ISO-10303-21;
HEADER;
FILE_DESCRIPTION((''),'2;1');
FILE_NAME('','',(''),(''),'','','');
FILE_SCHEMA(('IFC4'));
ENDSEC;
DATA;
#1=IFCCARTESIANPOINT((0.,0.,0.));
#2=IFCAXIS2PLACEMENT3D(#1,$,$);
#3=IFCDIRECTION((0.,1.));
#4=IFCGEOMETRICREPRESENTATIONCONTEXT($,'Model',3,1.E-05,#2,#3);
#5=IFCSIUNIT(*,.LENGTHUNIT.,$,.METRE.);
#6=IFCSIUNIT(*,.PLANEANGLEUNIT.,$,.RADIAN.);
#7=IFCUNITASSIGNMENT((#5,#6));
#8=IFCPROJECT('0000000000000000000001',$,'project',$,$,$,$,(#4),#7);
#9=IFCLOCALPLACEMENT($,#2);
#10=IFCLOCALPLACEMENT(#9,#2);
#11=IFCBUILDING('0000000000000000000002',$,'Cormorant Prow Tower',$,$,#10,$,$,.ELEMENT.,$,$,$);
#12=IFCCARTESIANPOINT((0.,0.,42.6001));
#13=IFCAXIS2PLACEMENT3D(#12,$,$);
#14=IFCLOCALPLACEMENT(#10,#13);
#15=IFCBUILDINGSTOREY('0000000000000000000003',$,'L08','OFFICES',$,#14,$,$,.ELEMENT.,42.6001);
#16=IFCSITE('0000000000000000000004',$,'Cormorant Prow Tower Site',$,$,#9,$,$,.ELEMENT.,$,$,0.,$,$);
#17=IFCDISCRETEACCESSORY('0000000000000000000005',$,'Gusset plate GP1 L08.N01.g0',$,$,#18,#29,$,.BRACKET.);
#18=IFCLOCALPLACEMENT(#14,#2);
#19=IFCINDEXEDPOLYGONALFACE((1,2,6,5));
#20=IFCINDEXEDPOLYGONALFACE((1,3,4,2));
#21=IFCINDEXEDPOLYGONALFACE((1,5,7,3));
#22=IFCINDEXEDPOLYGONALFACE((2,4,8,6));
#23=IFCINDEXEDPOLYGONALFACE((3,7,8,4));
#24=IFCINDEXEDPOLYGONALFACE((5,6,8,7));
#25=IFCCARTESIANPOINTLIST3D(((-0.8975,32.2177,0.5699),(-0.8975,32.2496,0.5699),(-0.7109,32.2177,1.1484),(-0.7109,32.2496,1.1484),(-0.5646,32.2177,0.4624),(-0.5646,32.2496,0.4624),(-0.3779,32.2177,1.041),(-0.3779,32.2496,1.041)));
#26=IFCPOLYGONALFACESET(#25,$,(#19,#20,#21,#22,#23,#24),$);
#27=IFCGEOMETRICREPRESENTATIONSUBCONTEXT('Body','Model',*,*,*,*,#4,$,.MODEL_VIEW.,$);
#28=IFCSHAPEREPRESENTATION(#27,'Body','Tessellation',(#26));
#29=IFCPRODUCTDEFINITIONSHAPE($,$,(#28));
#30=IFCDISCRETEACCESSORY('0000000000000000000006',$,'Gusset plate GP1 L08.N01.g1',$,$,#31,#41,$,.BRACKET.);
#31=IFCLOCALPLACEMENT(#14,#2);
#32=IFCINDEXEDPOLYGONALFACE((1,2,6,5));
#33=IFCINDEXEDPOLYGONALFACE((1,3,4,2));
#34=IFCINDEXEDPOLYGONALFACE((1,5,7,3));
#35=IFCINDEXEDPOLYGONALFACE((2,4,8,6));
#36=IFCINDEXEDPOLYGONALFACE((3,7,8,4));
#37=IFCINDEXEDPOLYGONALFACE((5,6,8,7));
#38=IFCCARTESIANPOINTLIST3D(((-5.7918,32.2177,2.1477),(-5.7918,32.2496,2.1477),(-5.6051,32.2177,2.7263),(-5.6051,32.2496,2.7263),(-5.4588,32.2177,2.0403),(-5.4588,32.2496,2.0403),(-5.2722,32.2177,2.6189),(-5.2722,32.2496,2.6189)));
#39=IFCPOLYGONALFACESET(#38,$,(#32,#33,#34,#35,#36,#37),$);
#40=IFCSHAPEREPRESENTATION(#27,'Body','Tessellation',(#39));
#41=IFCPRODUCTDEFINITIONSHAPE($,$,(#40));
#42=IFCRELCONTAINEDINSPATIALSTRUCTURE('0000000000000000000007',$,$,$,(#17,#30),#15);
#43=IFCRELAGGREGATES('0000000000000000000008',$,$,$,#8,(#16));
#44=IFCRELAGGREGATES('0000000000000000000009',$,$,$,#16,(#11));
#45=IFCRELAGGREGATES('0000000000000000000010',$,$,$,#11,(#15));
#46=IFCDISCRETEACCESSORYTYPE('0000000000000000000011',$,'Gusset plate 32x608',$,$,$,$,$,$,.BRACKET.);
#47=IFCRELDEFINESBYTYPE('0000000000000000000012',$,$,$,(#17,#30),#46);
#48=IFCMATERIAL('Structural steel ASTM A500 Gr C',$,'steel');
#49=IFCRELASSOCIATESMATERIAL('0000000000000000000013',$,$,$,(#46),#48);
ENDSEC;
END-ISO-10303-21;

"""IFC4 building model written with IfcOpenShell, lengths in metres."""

from ifc_helpers import new_model, si_unit, direction, frame, origin, origin_2d, place, context, subcontext, project, spatial, rectangle, extrude, material, material_profile, profile_set, type_object, element, save


model = new_model("IFC4")

# Units and contexts
model_context = context("Model", 3, precision=1e-05, world=origin(), true_north=direction((0.0, 1.0)))
body_context = subcontext(model_context, "Body", "Model", "MODEL_VIEW")
ifc_project = project(units=[si_unit("LENGTHUNIT", "METRE"), si_unit("PLANEANGLEUNIT", "RADIAN")], contexts=[model_context])

# Site, building, storey
site_placement = place(None, origin())
site = spatial("IfcSite", under=ifc_project, at=site_placement, Name="Cormorant Prow Tower Site", CompositionType="ELEMENT", RefElevation=0.0)
building_placement = place(site_placement, origin())
building = spatial("IfcBuilding", under=site, at=building_placement, Name="Cormorant Prow Tower", CompositionType="ELEMENT")
storey_placement = place(building_placement, frame((0.0, 0.0, 42.6001)))
storey = spatial("IfcBuildingStorey", under=building, at=storey_placement, Name="L08", Description="OFFICES", CompositionType="ELEMENT", Elevation=42.6001)

# Discrete accessories
ifc_material_1 = material(Name="Structural steel ASTM A500 Gr C", Category="steel")
ifc_material_profile_1 = material_profile(ifc_material_1, rectangle(XDim=0.032, YDim=0.6079, at=origin_2d()), Name="Gusset plate 32x608")
ifc_profile_set_1 = profile_set([ifc_material_profile_1], Name="Structural steel ASTM A500 Gr C")
discrete_accessory_type = type_object("IfcDiscreteAccessoryType", Name="Gusset plate 32x608", PredefinedType="BRACKET", material=ifc_profile_set_1)
for number, where, z_axis, x_axis, name in (
    (1, (-0.8042, 32.2336, 0.8591), (0.951709, 0.0, -0.307003), (0.0, 1.0, 0.0), "Gusset plate GP1 L08.N01.g0"),
    (2, (-5.3655, 32.2336, 2.3296), (-0.951709, 0.0, 0.307003), (0.0, -1.0, 0.0), "Gusset plate GP1 L08.N01.g1"),
):
    element("IfcDiscreteAccessory", number, at=place(storey_placement, frame(where, z_axis=z_axis, x_axis=x_axis)), inside=storey, type_object=discrete_accessory_type, Name=name, PredefinedType="BRACKET", context=body_context, shape_type="SweptSolid", body=[
        extrude(rectangle(XDim=0.032, YDim=0.6079, at=origin_2d()), origin(), (0.0, 0.0, 1.0), 0.3499),
    ])

save(model, "model.ifc")
